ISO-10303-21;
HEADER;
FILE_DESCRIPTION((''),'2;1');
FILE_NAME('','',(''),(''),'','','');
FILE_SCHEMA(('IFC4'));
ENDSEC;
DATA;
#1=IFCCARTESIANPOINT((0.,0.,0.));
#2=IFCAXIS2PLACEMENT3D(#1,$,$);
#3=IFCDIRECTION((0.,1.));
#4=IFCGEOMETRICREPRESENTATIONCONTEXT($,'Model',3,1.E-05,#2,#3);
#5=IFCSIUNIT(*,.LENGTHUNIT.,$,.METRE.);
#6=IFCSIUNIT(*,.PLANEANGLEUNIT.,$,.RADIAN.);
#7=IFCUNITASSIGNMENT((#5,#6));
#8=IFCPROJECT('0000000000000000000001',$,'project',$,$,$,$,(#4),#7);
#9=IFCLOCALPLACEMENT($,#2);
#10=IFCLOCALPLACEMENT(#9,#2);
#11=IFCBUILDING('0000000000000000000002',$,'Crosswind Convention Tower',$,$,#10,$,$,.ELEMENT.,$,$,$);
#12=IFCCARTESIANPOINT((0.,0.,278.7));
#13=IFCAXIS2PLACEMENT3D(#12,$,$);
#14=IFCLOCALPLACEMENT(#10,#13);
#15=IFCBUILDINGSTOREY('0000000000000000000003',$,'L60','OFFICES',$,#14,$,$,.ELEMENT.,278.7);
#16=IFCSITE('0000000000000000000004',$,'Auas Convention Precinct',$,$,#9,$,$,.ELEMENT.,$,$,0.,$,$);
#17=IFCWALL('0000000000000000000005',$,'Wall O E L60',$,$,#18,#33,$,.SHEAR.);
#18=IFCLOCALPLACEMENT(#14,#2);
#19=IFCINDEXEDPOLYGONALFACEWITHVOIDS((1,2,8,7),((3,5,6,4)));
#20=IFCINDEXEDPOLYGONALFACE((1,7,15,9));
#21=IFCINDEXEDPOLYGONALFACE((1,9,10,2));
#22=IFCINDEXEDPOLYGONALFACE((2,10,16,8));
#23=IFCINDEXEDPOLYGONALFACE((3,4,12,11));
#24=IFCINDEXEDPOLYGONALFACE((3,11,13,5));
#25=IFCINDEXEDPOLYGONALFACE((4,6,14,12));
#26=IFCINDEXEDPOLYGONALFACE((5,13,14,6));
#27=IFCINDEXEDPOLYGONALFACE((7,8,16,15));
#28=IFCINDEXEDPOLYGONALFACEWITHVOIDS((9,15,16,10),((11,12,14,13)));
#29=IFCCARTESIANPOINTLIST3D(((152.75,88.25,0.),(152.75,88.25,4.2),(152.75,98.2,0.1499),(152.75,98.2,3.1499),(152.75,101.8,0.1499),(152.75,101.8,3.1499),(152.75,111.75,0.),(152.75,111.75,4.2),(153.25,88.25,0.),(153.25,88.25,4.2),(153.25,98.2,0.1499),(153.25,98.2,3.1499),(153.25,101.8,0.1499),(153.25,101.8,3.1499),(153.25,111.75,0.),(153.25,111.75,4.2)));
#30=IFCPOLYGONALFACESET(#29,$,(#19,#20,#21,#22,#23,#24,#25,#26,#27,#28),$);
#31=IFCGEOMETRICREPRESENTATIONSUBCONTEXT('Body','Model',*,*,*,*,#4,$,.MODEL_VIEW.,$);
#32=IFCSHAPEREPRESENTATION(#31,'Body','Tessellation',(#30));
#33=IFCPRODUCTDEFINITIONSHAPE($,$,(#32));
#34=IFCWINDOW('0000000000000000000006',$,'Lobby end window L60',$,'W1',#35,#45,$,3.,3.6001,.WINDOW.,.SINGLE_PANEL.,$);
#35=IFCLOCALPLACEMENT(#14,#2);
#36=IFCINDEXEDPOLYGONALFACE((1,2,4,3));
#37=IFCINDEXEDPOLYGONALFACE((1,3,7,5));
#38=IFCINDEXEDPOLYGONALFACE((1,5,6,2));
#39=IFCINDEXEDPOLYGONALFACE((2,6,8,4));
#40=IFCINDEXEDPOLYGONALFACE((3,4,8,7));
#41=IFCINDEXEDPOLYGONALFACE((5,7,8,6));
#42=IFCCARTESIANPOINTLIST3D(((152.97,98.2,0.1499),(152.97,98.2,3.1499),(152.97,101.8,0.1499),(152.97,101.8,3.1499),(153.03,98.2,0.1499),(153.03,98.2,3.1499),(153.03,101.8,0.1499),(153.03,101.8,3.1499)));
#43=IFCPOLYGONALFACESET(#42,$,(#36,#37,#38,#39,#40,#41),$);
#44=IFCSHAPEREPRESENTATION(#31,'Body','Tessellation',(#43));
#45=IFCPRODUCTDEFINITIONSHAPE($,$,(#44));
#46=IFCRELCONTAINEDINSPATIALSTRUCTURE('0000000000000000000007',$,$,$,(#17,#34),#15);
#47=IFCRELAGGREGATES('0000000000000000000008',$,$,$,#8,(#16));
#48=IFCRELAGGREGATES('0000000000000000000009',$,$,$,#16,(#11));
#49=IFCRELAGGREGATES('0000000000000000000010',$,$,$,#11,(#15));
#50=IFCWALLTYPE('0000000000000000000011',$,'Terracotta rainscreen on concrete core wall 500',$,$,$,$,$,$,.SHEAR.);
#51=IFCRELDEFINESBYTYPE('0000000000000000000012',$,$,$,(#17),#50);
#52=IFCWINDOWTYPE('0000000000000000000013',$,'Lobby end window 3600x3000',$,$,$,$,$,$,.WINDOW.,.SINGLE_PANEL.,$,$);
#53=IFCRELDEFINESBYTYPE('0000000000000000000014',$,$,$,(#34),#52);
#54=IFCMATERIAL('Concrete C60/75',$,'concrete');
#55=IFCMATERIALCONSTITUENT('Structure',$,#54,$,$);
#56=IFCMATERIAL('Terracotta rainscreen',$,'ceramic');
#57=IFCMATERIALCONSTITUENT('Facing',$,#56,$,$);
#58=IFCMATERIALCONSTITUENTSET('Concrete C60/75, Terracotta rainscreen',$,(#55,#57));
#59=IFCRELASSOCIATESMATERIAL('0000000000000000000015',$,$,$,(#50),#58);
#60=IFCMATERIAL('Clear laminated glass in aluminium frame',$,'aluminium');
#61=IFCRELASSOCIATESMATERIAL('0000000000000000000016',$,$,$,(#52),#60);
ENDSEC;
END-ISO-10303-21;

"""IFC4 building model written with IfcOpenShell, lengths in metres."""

from ifc_helpers import new_model, si_unit, direction, frame, frame_2d, origin, place, context, subcontext, project, spatial, rectangle, extrude, material, constituent, constituent_set, type_object, element, fill, save


model = new_model("IFC4")

# Units and contexts
model_context = context("Model", 3, precision=1e-05, world=origin(), true_north=direction((0.0, 1.0)))
body_context = subcontext(model_context, "Body", "Model", "MODEL_VIEW")
ifc_project = project(units=[si_unit("LENGTHUNIT", "METRE"), si_unit("PLANEANGLEUNIT", "RADIAN")], contexts=[model_context])

# Site, building, storey
site_placement = place(None, origin())
site = spatial("IfcSite", under=ifc_project, at=site_placement, Name="Auas Convention Precinct", CompositionType="ELEMENT", RefElevation=0.0)
building_placement = place(site_placement, origin())
building = spatial("IfcBuilding", under=site, at=building_placement, Name="Crosswind Convention Tower", CompositionType="ELEMENT")
storey_placement = place(building_placement, frame((0.0, 0.0, 278.7)))
storey = spatial("IfcBuildingStorey", under=building, at=storey_placement, Name="L60", Description="OFFICES", CompositionType="ELEMENT", Elevation=278.7)

# Wall, opening, window
ifc_material_1 = material(Name="Concrete C60/75", Category="concrete")
ifc_constituent_1 = constituent(ifc_material_1, Name="Structure")
ifc_material_2 = material(Name="Terracotta rainscreen", Category="ceramic")
ifc_constituent_2 = constituent(ifc_material_2, Name="Facing")
ifc_constituent_set = constituent_set(constituents=[ifc_constituent_1, ifc_constituent_2], Name="Concrete C60/75, Terracotta rainscreen")
wall_type_1 = type_object("IfcWallType", Name="Terracotta rainscreen on concrete core wall 500", PredefinedType="SHEAR", material=ifc_constituent_set)
wall_1_placement = place(storey_placement, frame((153.0, 88.25, 0.0), z_axis=(0.0, 0.0, 1.0), x_axis=(0.0, 1.0, 0.0)))
wall_1 = element("IfcWall", 1, at=wall_1_placement, inside=storey, type_object=wall_type_1, Name="Wall O E L60", PredefinedType="SHEAR", context=body_context, shape_type="SweptSolid", body=[
    extrude(rectangle(XDim=23.5, YDim=0.5, at=frame_2d((11.75, 0.0))), origin(), (0.0, 0.0, 1.0), 4.2),
])
opening_1_placement = place(wall_1_placement, frame((9.95, 0.0, 0.1499)))
opening_1 = element("IfcOpeningElement", 2, at=opening_1_placement, cuts=wall_1, PredefinedType="OPENING", context=body_context, shape_type="SweptSolid", body=[
    extrude(rectangle(XDim=3.6001, YDim=3.0, at=frame_2d((1.8, 1.5))), frame((0.0, 0.26, 0.0), z_axis=(0.0, -1.0, 0.0), x_axis=(1.0, 0.0, 0.0)), (0.0, 0.0, 1.0), 0.52),
])
ifc_material_3 = material(Name="Clear laminated glass in aluminium frame", Category="aluminium")
window_type = type_object("IfcWindowType", Name="Lobby end window 3600x3000", PartitioningType="SINGLE_PANEL", PredefinedType="WINDOW", material=ifc_material_3)
window_placement = place(opening_1_placement, origin())
window = element("IfcWindow", 3, at=window_placement, inside=storey, type_object=window_type, Name="Lobby end window L60", ObjectType="W1", OverallHeight=3.0, OverallWidth=3.6001, PartitioningType="SINGLE_PANEL", PredefinedType="WINDOW", context=body_context, shape_type="SweptSolid", body=[
    extrude(rectangle(XDim=3.6001, YDim=3.0, at=frame_2d((1.8, 1.5))), frame((0.0, 0.03, 0.0), z_axis=(0.0, -1.0, 0.0), x_axis=(1.0, 0.0, 0.0)), (0.0, 0.0, 1.0), 0.0601),
])
fill(opening_1, window)

save(model, "model.ifc")
